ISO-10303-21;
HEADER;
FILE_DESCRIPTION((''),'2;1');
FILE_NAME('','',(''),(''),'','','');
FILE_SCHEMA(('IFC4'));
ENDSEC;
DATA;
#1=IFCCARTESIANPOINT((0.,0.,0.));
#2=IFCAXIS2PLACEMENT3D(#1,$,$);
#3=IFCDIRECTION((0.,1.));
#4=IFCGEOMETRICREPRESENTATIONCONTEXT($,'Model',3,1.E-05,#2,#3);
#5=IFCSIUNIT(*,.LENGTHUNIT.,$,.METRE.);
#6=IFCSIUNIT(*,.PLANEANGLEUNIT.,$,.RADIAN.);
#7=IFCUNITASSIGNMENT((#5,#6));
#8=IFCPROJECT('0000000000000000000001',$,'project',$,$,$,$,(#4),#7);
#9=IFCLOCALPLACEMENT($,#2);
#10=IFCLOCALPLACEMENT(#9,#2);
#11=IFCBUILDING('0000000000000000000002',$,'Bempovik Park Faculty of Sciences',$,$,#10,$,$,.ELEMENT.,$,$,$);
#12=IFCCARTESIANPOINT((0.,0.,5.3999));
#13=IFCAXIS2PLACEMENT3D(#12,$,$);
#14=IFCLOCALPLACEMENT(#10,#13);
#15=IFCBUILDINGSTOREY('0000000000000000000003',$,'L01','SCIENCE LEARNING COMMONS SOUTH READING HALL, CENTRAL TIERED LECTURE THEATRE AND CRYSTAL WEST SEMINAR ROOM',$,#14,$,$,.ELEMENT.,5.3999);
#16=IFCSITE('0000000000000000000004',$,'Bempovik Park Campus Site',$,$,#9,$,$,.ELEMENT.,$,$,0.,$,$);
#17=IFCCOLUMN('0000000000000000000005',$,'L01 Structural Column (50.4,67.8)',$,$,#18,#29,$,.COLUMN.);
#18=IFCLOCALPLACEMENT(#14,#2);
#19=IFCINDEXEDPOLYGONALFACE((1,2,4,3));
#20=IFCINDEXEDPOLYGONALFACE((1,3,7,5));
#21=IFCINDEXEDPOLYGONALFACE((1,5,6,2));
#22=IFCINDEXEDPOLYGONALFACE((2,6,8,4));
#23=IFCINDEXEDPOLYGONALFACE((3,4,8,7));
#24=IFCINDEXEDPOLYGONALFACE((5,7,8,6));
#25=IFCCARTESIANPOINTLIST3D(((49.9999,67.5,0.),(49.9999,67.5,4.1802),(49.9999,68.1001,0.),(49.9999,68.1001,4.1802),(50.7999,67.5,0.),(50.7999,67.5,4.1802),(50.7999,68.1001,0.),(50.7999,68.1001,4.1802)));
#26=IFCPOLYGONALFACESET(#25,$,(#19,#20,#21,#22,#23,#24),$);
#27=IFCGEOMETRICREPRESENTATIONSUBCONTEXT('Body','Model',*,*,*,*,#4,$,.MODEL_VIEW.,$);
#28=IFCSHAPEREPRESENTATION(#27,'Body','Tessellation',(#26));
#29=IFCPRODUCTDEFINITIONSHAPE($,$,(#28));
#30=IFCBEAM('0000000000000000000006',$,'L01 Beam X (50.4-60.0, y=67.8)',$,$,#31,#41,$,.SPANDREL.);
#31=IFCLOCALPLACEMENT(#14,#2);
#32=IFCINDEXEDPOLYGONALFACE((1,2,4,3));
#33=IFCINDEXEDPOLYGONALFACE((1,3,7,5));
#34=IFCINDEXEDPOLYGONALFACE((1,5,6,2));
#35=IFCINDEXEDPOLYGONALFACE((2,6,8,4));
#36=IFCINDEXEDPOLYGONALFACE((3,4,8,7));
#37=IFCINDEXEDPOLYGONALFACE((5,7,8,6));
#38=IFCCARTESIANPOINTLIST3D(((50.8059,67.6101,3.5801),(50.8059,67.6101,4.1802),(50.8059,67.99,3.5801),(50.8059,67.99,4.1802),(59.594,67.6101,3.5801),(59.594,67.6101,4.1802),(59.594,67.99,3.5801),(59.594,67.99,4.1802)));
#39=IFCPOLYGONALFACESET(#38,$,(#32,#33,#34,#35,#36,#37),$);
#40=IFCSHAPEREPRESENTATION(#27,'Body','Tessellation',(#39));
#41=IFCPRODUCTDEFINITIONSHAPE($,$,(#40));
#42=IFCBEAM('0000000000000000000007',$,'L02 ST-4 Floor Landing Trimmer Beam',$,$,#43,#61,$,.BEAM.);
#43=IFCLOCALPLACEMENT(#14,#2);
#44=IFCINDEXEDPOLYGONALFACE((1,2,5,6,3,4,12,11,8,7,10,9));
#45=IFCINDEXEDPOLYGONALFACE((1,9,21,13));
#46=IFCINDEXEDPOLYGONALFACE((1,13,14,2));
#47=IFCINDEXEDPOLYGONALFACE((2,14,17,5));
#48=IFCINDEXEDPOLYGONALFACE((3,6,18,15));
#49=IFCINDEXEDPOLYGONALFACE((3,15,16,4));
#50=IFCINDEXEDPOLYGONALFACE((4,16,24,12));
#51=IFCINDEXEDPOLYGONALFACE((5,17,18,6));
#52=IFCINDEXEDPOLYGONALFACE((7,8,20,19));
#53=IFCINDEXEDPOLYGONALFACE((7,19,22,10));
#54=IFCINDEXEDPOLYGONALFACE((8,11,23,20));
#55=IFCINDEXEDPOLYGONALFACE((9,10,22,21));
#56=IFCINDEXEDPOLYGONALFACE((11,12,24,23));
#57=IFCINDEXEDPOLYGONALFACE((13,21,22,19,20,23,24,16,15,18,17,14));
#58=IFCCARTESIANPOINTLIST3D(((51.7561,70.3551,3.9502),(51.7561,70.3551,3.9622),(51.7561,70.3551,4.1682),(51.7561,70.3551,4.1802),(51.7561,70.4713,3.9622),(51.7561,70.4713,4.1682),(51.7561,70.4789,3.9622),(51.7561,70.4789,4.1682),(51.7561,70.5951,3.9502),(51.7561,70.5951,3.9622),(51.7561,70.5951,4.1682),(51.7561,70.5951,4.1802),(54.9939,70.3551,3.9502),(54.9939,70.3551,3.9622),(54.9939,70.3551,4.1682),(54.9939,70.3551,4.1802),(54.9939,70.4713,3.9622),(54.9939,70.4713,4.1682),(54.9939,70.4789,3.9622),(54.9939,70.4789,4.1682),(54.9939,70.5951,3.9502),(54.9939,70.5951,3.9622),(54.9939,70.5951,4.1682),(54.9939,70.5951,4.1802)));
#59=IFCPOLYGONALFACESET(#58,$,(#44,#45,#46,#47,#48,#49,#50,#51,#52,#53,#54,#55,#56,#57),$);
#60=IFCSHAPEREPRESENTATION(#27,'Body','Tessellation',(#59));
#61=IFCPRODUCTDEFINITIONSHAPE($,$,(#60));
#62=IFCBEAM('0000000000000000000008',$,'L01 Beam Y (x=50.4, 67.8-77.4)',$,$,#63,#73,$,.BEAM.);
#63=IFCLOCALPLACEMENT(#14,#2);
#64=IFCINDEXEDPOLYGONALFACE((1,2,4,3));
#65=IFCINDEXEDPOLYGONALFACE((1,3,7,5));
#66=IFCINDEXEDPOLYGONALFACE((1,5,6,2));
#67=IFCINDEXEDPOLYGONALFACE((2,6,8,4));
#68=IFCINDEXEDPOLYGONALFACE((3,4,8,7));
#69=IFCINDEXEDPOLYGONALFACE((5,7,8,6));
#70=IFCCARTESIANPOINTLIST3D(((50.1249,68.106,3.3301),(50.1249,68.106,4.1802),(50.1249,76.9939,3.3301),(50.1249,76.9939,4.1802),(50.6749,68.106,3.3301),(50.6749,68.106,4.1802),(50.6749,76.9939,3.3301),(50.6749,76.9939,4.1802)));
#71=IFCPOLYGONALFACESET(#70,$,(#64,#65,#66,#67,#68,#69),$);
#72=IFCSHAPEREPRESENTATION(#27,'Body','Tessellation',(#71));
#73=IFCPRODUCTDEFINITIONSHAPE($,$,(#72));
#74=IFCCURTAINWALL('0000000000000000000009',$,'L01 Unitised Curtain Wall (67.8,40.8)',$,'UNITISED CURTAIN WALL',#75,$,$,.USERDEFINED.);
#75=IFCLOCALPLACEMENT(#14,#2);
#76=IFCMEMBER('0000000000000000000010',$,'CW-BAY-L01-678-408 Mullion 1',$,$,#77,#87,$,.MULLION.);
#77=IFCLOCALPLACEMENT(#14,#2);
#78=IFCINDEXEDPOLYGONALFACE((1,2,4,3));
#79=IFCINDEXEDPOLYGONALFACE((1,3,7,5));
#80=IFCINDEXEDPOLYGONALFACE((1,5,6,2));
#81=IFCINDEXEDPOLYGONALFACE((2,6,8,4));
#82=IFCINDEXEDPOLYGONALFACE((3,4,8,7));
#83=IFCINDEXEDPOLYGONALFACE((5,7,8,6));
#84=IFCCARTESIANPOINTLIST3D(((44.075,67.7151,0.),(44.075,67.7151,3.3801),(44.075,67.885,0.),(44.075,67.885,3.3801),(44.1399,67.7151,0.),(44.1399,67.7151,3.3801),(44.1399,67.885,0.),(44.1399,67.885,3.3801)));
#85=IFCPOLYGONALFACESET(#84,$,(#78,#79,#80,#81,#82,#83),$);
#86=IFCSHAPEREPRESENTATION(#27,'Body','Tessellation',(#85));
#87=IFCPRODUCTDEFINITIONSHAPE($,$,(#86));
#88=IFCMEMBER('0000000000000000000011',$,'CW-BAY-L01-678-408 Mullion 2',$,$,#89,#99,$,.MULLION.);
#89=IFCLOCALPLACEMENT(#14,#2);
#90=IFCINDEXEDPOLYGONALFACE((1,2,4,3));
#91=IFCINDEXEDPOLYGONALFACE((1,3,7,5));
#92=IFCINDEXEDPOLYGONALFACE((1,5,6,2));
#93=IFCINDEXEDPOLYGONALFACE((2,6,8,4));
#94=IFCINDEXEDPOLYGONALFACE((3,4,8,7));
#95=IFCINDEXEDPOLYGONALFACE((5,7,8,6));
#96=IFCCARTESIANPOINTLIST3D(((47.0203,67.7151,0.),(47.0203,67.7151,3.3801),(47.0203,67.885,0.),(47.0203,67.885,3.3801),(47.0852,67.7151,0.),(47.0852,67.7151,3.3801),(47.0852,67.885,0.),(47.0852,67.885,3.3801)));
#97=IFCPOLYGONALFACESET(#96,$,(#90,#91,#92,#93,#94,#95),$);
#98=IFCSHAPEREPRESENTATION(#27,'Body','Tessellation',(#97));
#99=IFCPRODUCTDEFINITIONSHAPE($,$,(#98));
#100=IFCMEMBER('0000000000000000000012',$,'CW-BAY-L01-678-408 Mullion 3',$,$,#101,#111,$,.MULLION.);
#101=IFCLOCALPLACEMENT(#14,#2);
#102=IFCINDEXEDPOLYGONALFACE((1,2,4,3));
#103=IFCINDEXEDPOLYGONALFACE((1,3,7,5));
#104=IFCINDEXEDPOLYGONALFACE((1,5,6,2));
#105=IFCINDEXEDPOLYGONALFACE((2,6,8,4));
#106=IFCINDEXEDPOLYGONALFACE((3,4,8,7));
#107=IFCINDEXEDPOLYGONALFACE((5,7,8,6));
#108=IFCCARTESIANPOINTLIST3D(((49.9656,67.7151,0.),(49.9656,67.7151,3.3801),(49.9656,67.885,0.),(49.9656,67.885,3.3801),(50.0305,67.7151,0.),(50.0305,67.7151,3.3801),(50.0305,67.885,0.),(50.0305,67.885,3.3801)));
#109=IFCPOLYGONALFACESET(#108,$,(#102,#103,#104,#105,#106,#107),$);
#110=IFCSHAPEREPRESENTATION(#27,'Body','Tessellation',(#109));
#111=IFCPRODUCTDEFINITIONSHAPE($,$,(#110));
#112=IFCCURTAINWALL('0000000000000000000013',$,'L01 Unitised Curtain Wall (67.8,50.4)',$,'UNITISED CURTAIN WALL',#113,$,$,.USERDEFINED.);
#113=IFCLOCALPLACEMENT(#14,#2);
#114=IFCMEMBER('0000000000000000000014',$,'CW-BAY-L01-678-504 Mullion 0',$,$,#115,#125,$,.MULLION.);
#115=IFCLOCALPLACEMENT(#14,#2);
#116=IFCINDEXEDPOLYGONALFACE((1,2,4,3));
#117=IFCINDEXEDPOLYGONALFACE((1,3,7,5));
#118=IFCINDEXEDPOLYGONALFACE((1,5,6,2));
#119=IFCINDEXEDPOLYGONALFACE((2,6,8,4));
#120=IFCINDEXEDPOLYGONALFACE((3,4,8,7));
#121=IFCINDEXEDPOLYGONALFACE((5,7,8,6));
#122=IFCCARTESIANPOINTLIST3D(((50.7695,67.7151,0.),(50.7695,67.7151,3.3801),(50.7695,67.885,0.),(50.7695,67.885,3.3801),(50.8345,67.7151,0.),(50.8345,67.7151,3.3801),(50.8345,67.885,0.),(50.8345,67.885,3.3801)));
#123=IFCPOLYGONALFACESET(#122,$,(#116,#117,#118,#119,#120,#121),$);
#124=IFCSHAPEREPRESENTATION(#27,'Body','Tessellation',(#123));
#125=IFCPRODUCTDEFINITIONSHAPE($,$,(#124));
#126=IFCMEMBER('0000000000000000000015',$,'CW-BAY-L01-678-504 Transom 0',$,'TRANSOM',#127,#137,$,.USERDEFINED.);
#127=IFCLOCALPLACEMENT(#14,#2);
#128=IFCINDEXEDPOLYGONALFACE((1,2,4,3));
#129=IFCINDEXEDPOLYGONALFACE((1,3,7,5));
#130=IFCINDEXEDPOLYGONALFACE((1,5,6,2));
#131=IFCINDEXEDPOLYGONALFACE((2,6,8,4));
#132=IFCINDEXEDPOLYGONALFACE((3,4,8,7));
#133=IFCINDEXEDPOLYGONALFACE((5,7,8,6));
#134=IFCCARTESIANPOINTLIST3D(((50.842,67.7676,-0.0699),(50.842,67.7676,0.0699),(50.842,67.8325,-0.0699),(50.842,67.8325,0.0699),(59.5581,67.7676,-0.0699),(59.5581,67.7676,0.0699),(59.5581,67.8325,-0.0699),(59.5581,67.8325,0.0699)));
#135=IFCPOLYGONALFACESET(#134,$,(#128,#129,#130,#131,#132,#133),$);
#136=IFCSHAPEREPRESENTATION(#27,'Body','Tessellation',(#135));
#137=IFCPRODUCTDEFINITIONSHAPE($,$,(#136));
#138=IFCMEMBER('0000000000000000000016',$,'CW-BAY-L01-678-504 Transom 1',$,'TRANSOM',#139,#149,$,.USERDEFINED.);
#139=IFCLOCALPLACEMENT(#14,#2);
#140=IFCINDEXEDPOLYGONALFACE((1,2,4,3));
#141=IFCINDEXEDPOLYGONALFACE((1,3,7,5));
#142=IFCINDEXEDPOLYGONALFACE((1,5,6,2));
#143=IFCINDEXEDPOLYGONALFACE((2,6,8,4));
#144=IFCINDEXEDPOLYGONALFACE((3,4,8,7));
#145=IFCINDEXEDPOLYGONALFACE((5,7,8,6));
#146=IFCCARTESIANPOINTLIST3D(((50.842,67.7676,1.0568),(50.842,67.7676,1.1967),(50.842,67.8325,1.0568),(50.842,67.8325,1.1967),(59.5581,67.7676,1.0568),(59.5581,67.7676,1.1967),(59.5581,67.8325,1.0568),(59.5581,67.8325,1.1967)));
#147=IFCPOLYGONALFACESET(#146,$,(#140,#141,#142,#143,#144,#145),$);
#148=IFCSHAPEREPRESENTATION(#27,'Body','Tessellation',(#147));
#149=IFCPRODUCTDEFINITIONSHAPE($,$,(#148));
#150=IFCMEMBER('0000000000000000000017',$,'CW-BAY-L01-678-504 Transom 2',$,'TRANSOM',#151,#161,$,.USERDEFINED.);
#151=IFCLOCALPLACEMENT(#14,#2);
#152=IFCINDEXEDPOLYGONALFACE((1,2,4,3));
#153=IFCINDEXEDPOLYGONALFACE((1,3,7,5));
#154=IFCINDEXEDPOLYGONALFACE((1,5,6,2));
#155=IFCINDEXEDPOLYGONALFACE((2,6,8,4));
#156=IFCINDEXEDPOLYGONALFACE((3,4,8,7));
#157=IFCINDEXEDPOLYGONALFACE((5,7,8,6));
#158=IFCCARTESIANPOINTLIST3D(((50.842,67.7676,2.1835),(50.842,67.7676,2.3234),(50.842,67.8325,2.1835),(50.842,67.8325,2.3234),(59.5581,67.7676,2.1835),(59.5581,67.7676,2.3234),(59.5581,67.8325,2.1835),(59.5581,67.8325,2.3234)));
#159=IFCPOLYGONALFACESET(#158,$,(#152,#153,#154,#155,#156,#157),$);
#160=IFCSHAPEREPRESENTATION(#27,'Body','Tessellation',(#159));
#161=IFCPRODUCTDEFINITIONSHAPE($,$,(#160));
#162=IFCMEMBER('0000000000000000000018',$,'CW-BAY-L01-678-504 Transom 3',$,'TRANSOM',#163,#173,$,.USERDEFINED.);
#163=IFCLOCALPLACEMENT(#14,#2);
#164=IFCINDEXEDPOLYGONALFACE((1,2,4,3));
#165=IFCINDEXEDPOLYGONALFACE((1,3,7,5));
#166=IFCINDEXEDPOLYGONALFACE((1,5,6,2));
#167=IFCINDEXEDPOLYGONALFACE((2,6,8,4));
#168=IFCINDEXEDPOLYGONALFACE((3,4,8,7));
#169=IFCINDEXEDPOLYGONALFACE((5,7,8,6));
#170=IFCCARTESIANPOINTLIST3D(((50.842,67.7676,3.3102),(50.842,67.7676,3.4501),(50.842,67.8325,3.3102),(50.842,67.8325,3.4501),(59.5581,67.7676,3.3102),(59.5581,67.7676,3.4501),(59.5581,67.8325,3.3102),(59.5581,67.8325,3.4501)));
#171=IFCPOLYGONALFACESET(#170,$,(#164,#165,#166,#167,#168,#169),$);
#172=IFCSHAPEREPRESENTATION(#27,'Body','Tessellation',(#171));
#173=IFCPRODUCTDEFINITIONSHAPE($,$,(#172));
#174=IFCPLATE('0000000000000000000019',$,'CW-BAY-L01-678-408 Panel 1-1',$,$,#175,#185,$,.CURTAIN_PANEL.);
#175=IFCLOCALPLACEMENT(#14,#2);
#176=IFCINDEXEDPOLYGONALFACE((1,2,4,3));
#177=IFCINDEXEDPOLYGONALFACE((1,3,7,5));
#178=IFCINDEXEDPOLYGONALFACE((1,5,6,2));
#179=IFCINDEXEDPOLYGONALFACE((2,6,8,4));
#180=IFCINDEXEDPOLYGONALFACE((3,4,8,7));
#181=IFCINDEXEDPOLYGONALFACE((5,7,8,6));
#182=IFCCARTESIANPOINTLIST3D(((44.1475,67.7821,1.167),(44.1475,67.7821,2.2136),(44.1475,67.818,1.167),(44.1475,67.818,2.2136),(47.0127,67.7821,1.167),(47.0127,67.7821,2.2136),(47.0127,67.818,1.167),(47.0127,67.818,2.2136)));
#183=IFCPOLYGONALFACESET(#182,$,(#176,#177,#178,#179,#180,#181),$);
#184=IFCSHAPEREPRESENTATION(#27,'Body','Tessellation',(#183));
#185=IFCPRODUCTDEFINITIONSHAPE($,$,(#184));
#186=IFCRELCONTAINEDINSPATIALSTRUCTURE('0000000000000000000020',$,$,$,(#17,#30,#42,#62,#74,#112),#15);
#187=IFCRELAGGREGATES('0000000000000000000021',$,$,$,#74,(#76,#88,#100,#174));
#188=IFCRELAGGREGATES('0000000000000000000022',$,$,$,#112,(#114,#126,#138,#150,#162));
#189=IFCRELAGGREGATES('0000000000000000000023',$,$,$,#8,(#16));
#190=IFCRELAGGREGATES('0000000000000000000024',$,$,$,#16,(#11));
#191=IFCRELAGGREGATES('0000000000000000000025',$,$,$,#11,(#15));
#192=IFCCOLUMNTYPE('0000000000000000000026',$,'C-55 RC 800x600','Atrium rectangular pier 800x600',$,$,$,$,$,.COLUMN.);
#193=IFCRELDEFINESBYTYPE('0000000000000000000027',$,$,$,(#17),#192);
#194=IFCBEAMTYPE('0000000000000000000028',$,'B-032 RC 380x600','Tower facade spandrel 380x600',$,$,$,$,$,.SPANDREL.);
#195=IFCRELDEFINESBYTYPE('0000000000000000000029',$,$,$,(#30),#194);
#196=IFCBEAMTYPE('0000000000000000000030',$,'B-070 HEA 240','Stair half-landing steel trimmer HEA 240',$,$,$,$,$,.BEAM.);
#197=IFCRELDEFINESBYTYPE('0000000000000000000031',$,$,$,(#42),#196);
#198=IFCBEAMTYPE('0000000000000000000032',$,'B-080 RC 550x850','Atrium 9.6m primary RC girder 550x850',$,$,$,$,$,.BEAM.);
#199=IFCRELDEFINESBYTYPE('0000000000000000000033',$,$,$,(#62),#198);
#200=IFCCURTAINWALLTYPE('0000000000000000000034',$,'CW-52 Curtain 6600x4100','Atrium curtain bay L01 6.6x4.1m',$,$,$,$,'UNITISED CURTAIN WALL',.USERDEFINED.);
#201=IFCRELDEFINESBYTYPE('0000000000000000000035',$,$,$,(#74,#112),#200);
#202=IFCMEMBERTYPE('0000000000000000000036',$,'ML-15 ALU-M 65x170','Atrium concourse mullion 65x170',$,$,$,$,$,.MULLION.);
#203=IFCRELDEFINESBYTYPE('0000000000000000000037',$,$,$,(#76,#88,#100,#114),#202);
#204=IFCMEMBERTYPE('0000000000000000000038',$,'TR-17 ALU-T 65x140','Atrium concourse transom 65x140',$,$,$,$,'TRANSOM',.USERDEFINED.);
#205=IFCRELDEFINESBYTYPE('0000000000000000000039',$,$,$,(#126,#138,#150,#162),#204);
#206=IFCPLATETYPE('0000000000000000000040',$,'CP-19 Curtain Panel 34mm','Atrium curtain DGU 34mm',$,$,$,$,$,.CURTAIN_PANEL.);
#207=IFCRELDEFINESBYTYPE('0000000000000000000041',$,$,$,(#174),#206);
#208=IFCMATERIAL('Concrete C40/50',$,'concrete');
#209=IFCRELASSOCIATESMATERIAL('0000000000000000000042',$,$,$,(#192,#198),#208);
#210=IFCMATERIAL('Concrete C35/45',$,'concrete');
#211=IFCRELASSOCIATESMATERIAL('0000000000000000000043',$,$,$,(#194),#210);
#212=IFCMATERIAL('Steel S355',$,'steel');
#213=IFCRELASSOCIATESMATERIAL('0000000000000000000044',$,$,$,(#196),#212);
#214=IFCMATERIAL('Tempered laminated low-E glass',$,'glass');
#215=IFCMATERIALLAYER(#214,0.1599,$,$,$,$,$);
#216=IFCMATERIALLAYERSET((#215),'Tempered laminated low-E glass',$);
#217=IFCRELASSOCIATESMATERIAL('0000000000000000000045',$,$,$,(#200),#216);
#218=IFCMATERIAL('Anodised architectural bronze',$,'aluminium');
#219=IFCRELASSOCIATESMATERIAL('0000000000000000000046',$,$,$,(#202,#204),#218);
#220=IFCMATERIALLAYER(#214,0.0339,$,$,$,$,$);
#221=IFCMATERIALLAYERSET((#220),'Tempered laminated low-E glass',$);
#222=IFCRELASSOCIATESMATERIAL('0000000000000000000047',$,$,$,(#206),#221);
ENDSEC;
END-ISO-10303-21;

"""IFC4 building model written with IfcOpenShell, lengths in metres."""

from ifc_helpers import new_model, si_unit, direction, frame, origin, origin_2d, place, context, subcontext, project, spatial, rectangle, i_section, extrude, material, layer, layer_set, material_profile, profile_set, type_object, element, aggregate, save


model = new_model("IFC4")

# Units and contexts
model_context = context("Model", 3, precision=1e-05, world=origin(), true_north=direction((0.0, 1.0)))
body_context = subcontext(model_context, "Body", "Model", "MODEL_VIEW")
ifc_project = project(units=[si_unit("LENGTHUNIT", "METRE"), si_unit("PLANEANGLEUNIT", "RADIAN")], contexts=[model_context])

# Site, building, storey
site_placement = place(None, origin())
site = spatial("IfcSite", under=ifc_project, at=site_placement, Name="Bempovik Park Campus Site", CompositionType="ELEMENT", RefElevation=0.0)
building_placement = place(site_placement, origin())
building = spatial("IfcBuilding", under=site, at=building_placement, Name="Bempovik Park Faculty of Sciences", CompositionType="ELEMENT")
storey_placement = place(building_placement, frame((0.0, 0.0, 5.3999)))
storey = spatial("IfcBuildingStorey", under=building, at=storey_placement, Name="L01", Description="SCIENCE LEARNING COMMONS SOUTH READING HALL, CENTRAL TIERED LECTURE THEATRE AND CRYSTAL WEST SEMINAR ROOM", CompositionType="ELEMENT", Elevation=5.3999)

# Column
ifc_material_1 = material(Name="Concrete C40/50", Category="concrete")
ifc_material_profile_1 = material_profile(ifc_material_1, rectangle(XDim=0.8, YDim=0.6001, at=origin_2d()), Name="RC 800x600")
ifc_profile_set_1 = profile_set([ifc_material_profile_1], Name="Concrete C40/50")
column_type = type_object("IfcColumnType", Name="C-55 RC 800x600", Description="Atrium rectangular pier 800x600", PredefinedType="COLUMN", material=ifc_profile_set_1)
column_placement = place(storey_placement, frame((50.3999, 67.8, 0.0), z_axis=(0.0, 0.0, 1.0), x_axis=(1.0, 0.0, 0.0)))
element("IfcColumn", 1, at=column_placement, inside=storey, type_object=column_type, Name="L01 Structural Column (50.4,67.8)", PredefinedType="COLUMN", context=body_context, shape_type="SweptSolid", body=[
    extrude(rectangle(XDim=0.8, YDim=0.6001, at=origin_2d()), origin(), (0.0, 0.0, 1.0), 4.1802),
])

# Beams
ifc_material_2 = material(Name="Concrete C35/45", Category="concrete")
ifc_material_profile_2 = material_profile(ifc_material_2, rectangle(XDim=0.3799, YDim=0.6001, at=origin_2d()), Name="RC 380x600")
ifc_profile_set_2 = profile_set([ifc_material_profile_2], Name="Concrete C35/45")
beam_type_1 = type_object("IfcBeamType", Name="B-032 RC 380x600", Description="Tower facade spandrel 380x600", PredefinedType="SPANDREL", material=ifc_profile_set_2)
beam_1_placement = place(storey_placement, frame((50.8059, 67.8, 3.8801), z_axis=(1.0, 0.0, 0.0), x_axis=(0.0, 1.0, 0.0)))
element("IfcBeam", 2, at=beam_1_placement, inside=storey, type_object=beam_type_1, Name="L01 Beam X (50.4-60.0, y=67.8)", PredefinedType="SPANDREL", context=body_context, shape_type="SweptSolid", body=[
    extrude(rectangle(XDim=0.3799, YDim=0.6001, at=origin_2d()), origin(), (0.0, 0.0, 1.0), 8.7881),
])
ifc_material_3 = material(Name="Steel S355", Category="steel")
ifc_material_profile_3 = material_profile(ifc_material_3, i_section(OverallWidth=0.24, OverallDepth=0.23, WebThickness=0.0076, FlangeThickness=0.012, at=origin_2d()), Name="HEA 240")
ifc_profile_set_3 = profile_set([ifc_material_profile_3], Name="Steel S355")
beam_type_2 = type_object("IfcBeamType", Name="B-070 HEA 240", Description="Stair half-landing steel trimmer HEA 240", PredefinedType="BEAM", material=ifc_profile_set_3)
beam_2_placement = place(storey_placement, frame((51.7561, 70.4751, 4.0652), z_axis=(1.0, 0.0, 0.0), x_axis=(0.0, 1.0, 0.0)))
element("IfcBeam", 3, at=beam_2_placement, inside=storey, type_object=beam_type_2, Name="L02 ST-4 Floor Landing Trimmer Beam", PredefinedType="BEAM", context=body_context, shape_type="SweptSolid", body=[
    extrude(i_section(OverallWidth=0.24, OverallDepth=0.23, WebThickness=0.0076, FlangeThickness=0.012, at=origin_2d()), origin(), (0.0, 0.0, 1.0), 3.2378),
])
ifc_material_profile_4 = material_profile(ifc_material_1, rectangle(XDim=0.55, YDim=0.8501, at=origin_2d()), Name="RC 550x850")
ifc_profile_set_4 = profile_set([ifc_material_profile_4], Name="Concrete C40/50")
beam_type_3 = type_object("IfcBeamType", Name="B-080 RC 550x850", Description="Atrium 9.6m primary RC girder 550x850", PredefinedType="BEAM", material=ifc_profile_set_4)
beam_3_placement = place(storey_placement, frame((50.3999, 68.106, 3.7551), z_axis=(0.0, 1.0, 0.0), x_axis=(-1.0, 0.0, 0.0)))
element("IfcBeam", 4, at=beam_3_placement, inside=storey, type_object=beam_type_3, Name="L01 Beam Y (x=50.4, 67.8-77.4)", PredefinedType="BEAM", context=body_context, shape_type="SweptSolid", body=[
    extrude(rectangle(XDim=0.55, YDim=0.8501, at=origin_2d()), origin(), (0.0, 0.0, 1.0), 8.8879),
])

# Curtain walls, members
ifc_material_4 = material(Name="Tempered laminated low-E glass", Category="glass")
ifc_layer_1 = layer(ifc_material_4, 0.1599)
ifc_layer_set_1 = layer_set([ifc_layer_1], Name="Tempered laminated low-E glass")
curtain_wall_type = type_object("IfcCurtainWallType", Name="CW-52 Curtain 6600x4100", Description="Atrium curtain bay L01 6.6x4.1m", ElementType="UNITISED CURTAIN WALL", PredefinedType="USERDEFINED", material=ifc_layer_set_1)
curtain_wall_1_placement = place(storey_placement, origin())
curtain_wall_1 = element("IfcCurtainWall", 5, at=curtain_wall_1_placement, inside=storey, type_object=curtain_wall_type, Name="L01 Unitised Curtain Wall (67.8,40.8)", ObjectType="UNITISED CURTAIN WALL", PredefinedType="USERDEFINED")
ifc_material_5 = material(Name="Anodised architectural bronze", Category="aluminium")
ifc_material_profile_5 = material_profile(ifc_material_5, rectangle(XDim=0.0649, YDim=0.1699, at=origin_2d()), Name="ALU-M 65x170")
ifc_profile_set_5 = profile_set([ifc_material_profile_5], Name="Anodised architectural bronze")
member_type_1 = type_object("IfcMemberType", Name="ML-15 ALU-M 65x170", Description="Atrium concourse mullion 65x170", PredefinedType="MULLION", material=ifc_profile_set_5)
member_1_placement = place(storey_placement, frame((44.1074, 67.8, 0.0), z_axis=(0.0, 0.0, 1.0), x_axis=(1.0, 0.0, 0.0)))
member_1 = element("IfcMember", 6, at=member_1_placement, type_object=member_type_1, Name="CW-BAY-L01-678-408 Mullion 1", PredefinedType="MULLION", context=body_context, shape_type="SweptSolid", body=[
    extrude(rectangle(XDim=0.0649, YDim=0.1699, at=origin_2d()), origin(), (0.0, 0.0, 1.0), 3.3801),
])
member_2_placement = place(storey_placement, frame((47.0527, 67.8, 0.0), z_axis=(0.0, 0.0, 1.0), x_axis=(1.0, 0.0, 0.0)))
member_2 = element("IfcMember", 7, at=member_2_placement, type_object=member_type_1, Name="CW-BAY-L01-678-408 Mullion 2", PredefinedType="MULLION", context=body_context, shape_type="SweptSolid", body=[
    extrude(rectangle(XDim=0.0649, YDim=0.1699, at=origin_2d()), origin(), (0.0, 0.0, 1.0), 3.3801),
])
member_3_placement = place(storey_placement, frame((49.998, 67.8, 0.0), z_axis=(0.0, 0.0, 1.0), x_axis=(1.0, 0.0, 0.0)))
member_3 = element("IfcMember", 8, at=member_3_placement, type_object=member_type_1, Name="CW-BAY-L01-678-408 Mullion 3", PredefinedType="MULLION", context=body_context, shape_type="SweptSolid", body=[
    extrude(rectangle(XDim=0.0649, YDim=0.1699, at=origin_2d()), origin(), (0.0, 0.0, 1.0), 3.3801),
])
curtain_wall_2_placement = place(storey_placement, origin())
curtain_wall_2 = element("IfcCurtainWall", 9, at=curtain_wall_2_placement, inside=storey, type_object=curtain_wall_type, Name="L01 Unitised Curtain Wall (67.8,50.4)", ObjectType="UNITISED CURTAIN WALL", PredefinedType="USERDEFINED")
member_4_placement = place(storey_placement, frame((50.802, 67.8, 0.0), z_axis=(0.0, 0.0, 1.0), x_axis=(1.0, 0.0, 0.0)))
member_4 = element("IfcMember", 10, at=member_4_placement, type_object=member_type_1, Name="CW-BAY-L01-678-504 Mullion 0", PredefinedType="MULLION", context=body_context, shape_type="SweptSolid", body=[
    extrude(rectangle(XDim=0.0649, YDim=0.1699, at=origin_2d()), origin(), (0.0, 0.0, 1.0), 3.3801),
])
ifc_material_profile_6 = material_profile(ifc_material_5, rectangle(XDim=0.0649, YDim=0.1399, at=origin_2d()), Name="ALU-T 65x140")
ifc_profile_set_6 = profile_set([ifc_material_profile_6], Name="Anodised architectural bronze")
member_type_2 = type_object("IfcMemberType", Name="TR-17 ALU-T 65x140", Description="Atrium concourse transom 65x140", ElementType="TRANSOM", PredefinedType="USERDEFINED", material=ifc_profile_set_6)
member_5_placement = place(storey_placement, frame((50.842, 67.8, 0.0), z_axis=(1.0, 0.0, 0.0), x_axis=(0.0, 1.0, 0.0)))
member_5 = element("IfcMember", 11, at=member_5_placement, type_object=member_type_2, Name="CW-BAY-L01-678-504 Transom 0", ObjectType="TRANSOM", PredefinedType="USERDEFINED", context=body_context, shape_type="SweptSolid", body=[
    extrude(rectangle(XDim=0.0649, YDim=0.1399, at=origin_2d()), origin(), (0.0, 0.0, 1.0), 8.7161),
])
member_6_placement = place(storey_placement, frame((50.842, 67.8, 1.1267), z_axis=(1.0, 0.0, 0.0), x_axis=(0.0, 1.0, 0.0)))
member_6 = element("IfcMember", 12, at=member_6_placement, type_object=member_type_2, Name="CW-BAY-L01-678-504 Transom 1", ObjectType="TRANSOM", PredefinedType="USERDEFINED", context=body_context, shape_type="SweptSolid", body=[
    extrude(rectangle(XDim=0.0649, YDim=0.1399, at=origin_2d()), origin(), (0.0, 0.0, 1.0), 8.7161),
])
member_7_placement = place(storey_placement, frame((50.842, 67.8, 2.2534), z_axis=(1.0, 0.0, 0.0), x_axis=(0.0, 1.0, 0.0)))
member_7 = element("IfcMember", 13, at=member_7_placement, type_object=member_type_2, Name="CW-BAY-L01-678-504 Transom 2", ObjectType="TRANSOM", PredefinedType="USERDEFINED", context=body_context, shape_type="SweptSolid", body=[
    extrude(rectangle(XDim=0.0649, YDim=0.1399, at=origin_2d()), origin(), (0.0, 0.0, 1.0), 8.7161),
])
member_8_placement = place(storey_placement, frame((50.842, 67.8, 3.3801), z_axis=(1.0, 0.0, 0.0), x_axis=(0.0, 1.0, 0.0)))
member_8 = element("IfcMember", 14, at=member_8_placement, type_object=member_type_2, Name="CW-BAY-L01-678-504 Transom 3", ObjectType="TRANSOM", PredefinedType="USERDEFINED", context=body_context, shape_type="SweptSolid", body=[
    extrude(rectangle(XDim=0.0649, YDim=0.1399, at=origin_2d()), origin(), (0.0, 0.0, 1.0), 8.7161),
])

# Plate
ifc_layer_2 = layer(ifc_material_4, 0.0339)
ifc_layer_set_2 = layer_set([ifc_layer_2], Name="Tempered laminated low-E glass")
plate_type_1 = type_object("IfcPlateType", Name="CP-19 Curtain Panel 34mm", Description="Atrium curtain DGU 34mm", PredefinedType="CURTAIN_PANEL", material=ifc_layer_set_2)
plate_1_placement = place(storey_placement, frame((45.5801, 67.8, 1.167), z_axis=(0.0, 0.0, 1.0), x_axis=(1.0, 0.0, 0.0)))
plate_1 = element("IfcPlate", 15, at=plate_1_placement, type_object=plate_type_1, Name="CW-BAY-L01-678-408 Panel 1-1", PredefinedType="CURTAIN_PANEL", context=body_context, shape_type="SweptSolid", body=[
    extrude(rectangle(XDim=2.8652, YDim=0.0359, at=origin_2d()), origin(), (0.0, 0.0, 1.0), 1.0466),
])
aggregate(curtain_wall_1, [member_1, member_2, member_3, plate_1])
aggregate(curtain_wall_2, [member_4, member_5, member_6, member_7, member_8])

save(model, "model.ifc")
